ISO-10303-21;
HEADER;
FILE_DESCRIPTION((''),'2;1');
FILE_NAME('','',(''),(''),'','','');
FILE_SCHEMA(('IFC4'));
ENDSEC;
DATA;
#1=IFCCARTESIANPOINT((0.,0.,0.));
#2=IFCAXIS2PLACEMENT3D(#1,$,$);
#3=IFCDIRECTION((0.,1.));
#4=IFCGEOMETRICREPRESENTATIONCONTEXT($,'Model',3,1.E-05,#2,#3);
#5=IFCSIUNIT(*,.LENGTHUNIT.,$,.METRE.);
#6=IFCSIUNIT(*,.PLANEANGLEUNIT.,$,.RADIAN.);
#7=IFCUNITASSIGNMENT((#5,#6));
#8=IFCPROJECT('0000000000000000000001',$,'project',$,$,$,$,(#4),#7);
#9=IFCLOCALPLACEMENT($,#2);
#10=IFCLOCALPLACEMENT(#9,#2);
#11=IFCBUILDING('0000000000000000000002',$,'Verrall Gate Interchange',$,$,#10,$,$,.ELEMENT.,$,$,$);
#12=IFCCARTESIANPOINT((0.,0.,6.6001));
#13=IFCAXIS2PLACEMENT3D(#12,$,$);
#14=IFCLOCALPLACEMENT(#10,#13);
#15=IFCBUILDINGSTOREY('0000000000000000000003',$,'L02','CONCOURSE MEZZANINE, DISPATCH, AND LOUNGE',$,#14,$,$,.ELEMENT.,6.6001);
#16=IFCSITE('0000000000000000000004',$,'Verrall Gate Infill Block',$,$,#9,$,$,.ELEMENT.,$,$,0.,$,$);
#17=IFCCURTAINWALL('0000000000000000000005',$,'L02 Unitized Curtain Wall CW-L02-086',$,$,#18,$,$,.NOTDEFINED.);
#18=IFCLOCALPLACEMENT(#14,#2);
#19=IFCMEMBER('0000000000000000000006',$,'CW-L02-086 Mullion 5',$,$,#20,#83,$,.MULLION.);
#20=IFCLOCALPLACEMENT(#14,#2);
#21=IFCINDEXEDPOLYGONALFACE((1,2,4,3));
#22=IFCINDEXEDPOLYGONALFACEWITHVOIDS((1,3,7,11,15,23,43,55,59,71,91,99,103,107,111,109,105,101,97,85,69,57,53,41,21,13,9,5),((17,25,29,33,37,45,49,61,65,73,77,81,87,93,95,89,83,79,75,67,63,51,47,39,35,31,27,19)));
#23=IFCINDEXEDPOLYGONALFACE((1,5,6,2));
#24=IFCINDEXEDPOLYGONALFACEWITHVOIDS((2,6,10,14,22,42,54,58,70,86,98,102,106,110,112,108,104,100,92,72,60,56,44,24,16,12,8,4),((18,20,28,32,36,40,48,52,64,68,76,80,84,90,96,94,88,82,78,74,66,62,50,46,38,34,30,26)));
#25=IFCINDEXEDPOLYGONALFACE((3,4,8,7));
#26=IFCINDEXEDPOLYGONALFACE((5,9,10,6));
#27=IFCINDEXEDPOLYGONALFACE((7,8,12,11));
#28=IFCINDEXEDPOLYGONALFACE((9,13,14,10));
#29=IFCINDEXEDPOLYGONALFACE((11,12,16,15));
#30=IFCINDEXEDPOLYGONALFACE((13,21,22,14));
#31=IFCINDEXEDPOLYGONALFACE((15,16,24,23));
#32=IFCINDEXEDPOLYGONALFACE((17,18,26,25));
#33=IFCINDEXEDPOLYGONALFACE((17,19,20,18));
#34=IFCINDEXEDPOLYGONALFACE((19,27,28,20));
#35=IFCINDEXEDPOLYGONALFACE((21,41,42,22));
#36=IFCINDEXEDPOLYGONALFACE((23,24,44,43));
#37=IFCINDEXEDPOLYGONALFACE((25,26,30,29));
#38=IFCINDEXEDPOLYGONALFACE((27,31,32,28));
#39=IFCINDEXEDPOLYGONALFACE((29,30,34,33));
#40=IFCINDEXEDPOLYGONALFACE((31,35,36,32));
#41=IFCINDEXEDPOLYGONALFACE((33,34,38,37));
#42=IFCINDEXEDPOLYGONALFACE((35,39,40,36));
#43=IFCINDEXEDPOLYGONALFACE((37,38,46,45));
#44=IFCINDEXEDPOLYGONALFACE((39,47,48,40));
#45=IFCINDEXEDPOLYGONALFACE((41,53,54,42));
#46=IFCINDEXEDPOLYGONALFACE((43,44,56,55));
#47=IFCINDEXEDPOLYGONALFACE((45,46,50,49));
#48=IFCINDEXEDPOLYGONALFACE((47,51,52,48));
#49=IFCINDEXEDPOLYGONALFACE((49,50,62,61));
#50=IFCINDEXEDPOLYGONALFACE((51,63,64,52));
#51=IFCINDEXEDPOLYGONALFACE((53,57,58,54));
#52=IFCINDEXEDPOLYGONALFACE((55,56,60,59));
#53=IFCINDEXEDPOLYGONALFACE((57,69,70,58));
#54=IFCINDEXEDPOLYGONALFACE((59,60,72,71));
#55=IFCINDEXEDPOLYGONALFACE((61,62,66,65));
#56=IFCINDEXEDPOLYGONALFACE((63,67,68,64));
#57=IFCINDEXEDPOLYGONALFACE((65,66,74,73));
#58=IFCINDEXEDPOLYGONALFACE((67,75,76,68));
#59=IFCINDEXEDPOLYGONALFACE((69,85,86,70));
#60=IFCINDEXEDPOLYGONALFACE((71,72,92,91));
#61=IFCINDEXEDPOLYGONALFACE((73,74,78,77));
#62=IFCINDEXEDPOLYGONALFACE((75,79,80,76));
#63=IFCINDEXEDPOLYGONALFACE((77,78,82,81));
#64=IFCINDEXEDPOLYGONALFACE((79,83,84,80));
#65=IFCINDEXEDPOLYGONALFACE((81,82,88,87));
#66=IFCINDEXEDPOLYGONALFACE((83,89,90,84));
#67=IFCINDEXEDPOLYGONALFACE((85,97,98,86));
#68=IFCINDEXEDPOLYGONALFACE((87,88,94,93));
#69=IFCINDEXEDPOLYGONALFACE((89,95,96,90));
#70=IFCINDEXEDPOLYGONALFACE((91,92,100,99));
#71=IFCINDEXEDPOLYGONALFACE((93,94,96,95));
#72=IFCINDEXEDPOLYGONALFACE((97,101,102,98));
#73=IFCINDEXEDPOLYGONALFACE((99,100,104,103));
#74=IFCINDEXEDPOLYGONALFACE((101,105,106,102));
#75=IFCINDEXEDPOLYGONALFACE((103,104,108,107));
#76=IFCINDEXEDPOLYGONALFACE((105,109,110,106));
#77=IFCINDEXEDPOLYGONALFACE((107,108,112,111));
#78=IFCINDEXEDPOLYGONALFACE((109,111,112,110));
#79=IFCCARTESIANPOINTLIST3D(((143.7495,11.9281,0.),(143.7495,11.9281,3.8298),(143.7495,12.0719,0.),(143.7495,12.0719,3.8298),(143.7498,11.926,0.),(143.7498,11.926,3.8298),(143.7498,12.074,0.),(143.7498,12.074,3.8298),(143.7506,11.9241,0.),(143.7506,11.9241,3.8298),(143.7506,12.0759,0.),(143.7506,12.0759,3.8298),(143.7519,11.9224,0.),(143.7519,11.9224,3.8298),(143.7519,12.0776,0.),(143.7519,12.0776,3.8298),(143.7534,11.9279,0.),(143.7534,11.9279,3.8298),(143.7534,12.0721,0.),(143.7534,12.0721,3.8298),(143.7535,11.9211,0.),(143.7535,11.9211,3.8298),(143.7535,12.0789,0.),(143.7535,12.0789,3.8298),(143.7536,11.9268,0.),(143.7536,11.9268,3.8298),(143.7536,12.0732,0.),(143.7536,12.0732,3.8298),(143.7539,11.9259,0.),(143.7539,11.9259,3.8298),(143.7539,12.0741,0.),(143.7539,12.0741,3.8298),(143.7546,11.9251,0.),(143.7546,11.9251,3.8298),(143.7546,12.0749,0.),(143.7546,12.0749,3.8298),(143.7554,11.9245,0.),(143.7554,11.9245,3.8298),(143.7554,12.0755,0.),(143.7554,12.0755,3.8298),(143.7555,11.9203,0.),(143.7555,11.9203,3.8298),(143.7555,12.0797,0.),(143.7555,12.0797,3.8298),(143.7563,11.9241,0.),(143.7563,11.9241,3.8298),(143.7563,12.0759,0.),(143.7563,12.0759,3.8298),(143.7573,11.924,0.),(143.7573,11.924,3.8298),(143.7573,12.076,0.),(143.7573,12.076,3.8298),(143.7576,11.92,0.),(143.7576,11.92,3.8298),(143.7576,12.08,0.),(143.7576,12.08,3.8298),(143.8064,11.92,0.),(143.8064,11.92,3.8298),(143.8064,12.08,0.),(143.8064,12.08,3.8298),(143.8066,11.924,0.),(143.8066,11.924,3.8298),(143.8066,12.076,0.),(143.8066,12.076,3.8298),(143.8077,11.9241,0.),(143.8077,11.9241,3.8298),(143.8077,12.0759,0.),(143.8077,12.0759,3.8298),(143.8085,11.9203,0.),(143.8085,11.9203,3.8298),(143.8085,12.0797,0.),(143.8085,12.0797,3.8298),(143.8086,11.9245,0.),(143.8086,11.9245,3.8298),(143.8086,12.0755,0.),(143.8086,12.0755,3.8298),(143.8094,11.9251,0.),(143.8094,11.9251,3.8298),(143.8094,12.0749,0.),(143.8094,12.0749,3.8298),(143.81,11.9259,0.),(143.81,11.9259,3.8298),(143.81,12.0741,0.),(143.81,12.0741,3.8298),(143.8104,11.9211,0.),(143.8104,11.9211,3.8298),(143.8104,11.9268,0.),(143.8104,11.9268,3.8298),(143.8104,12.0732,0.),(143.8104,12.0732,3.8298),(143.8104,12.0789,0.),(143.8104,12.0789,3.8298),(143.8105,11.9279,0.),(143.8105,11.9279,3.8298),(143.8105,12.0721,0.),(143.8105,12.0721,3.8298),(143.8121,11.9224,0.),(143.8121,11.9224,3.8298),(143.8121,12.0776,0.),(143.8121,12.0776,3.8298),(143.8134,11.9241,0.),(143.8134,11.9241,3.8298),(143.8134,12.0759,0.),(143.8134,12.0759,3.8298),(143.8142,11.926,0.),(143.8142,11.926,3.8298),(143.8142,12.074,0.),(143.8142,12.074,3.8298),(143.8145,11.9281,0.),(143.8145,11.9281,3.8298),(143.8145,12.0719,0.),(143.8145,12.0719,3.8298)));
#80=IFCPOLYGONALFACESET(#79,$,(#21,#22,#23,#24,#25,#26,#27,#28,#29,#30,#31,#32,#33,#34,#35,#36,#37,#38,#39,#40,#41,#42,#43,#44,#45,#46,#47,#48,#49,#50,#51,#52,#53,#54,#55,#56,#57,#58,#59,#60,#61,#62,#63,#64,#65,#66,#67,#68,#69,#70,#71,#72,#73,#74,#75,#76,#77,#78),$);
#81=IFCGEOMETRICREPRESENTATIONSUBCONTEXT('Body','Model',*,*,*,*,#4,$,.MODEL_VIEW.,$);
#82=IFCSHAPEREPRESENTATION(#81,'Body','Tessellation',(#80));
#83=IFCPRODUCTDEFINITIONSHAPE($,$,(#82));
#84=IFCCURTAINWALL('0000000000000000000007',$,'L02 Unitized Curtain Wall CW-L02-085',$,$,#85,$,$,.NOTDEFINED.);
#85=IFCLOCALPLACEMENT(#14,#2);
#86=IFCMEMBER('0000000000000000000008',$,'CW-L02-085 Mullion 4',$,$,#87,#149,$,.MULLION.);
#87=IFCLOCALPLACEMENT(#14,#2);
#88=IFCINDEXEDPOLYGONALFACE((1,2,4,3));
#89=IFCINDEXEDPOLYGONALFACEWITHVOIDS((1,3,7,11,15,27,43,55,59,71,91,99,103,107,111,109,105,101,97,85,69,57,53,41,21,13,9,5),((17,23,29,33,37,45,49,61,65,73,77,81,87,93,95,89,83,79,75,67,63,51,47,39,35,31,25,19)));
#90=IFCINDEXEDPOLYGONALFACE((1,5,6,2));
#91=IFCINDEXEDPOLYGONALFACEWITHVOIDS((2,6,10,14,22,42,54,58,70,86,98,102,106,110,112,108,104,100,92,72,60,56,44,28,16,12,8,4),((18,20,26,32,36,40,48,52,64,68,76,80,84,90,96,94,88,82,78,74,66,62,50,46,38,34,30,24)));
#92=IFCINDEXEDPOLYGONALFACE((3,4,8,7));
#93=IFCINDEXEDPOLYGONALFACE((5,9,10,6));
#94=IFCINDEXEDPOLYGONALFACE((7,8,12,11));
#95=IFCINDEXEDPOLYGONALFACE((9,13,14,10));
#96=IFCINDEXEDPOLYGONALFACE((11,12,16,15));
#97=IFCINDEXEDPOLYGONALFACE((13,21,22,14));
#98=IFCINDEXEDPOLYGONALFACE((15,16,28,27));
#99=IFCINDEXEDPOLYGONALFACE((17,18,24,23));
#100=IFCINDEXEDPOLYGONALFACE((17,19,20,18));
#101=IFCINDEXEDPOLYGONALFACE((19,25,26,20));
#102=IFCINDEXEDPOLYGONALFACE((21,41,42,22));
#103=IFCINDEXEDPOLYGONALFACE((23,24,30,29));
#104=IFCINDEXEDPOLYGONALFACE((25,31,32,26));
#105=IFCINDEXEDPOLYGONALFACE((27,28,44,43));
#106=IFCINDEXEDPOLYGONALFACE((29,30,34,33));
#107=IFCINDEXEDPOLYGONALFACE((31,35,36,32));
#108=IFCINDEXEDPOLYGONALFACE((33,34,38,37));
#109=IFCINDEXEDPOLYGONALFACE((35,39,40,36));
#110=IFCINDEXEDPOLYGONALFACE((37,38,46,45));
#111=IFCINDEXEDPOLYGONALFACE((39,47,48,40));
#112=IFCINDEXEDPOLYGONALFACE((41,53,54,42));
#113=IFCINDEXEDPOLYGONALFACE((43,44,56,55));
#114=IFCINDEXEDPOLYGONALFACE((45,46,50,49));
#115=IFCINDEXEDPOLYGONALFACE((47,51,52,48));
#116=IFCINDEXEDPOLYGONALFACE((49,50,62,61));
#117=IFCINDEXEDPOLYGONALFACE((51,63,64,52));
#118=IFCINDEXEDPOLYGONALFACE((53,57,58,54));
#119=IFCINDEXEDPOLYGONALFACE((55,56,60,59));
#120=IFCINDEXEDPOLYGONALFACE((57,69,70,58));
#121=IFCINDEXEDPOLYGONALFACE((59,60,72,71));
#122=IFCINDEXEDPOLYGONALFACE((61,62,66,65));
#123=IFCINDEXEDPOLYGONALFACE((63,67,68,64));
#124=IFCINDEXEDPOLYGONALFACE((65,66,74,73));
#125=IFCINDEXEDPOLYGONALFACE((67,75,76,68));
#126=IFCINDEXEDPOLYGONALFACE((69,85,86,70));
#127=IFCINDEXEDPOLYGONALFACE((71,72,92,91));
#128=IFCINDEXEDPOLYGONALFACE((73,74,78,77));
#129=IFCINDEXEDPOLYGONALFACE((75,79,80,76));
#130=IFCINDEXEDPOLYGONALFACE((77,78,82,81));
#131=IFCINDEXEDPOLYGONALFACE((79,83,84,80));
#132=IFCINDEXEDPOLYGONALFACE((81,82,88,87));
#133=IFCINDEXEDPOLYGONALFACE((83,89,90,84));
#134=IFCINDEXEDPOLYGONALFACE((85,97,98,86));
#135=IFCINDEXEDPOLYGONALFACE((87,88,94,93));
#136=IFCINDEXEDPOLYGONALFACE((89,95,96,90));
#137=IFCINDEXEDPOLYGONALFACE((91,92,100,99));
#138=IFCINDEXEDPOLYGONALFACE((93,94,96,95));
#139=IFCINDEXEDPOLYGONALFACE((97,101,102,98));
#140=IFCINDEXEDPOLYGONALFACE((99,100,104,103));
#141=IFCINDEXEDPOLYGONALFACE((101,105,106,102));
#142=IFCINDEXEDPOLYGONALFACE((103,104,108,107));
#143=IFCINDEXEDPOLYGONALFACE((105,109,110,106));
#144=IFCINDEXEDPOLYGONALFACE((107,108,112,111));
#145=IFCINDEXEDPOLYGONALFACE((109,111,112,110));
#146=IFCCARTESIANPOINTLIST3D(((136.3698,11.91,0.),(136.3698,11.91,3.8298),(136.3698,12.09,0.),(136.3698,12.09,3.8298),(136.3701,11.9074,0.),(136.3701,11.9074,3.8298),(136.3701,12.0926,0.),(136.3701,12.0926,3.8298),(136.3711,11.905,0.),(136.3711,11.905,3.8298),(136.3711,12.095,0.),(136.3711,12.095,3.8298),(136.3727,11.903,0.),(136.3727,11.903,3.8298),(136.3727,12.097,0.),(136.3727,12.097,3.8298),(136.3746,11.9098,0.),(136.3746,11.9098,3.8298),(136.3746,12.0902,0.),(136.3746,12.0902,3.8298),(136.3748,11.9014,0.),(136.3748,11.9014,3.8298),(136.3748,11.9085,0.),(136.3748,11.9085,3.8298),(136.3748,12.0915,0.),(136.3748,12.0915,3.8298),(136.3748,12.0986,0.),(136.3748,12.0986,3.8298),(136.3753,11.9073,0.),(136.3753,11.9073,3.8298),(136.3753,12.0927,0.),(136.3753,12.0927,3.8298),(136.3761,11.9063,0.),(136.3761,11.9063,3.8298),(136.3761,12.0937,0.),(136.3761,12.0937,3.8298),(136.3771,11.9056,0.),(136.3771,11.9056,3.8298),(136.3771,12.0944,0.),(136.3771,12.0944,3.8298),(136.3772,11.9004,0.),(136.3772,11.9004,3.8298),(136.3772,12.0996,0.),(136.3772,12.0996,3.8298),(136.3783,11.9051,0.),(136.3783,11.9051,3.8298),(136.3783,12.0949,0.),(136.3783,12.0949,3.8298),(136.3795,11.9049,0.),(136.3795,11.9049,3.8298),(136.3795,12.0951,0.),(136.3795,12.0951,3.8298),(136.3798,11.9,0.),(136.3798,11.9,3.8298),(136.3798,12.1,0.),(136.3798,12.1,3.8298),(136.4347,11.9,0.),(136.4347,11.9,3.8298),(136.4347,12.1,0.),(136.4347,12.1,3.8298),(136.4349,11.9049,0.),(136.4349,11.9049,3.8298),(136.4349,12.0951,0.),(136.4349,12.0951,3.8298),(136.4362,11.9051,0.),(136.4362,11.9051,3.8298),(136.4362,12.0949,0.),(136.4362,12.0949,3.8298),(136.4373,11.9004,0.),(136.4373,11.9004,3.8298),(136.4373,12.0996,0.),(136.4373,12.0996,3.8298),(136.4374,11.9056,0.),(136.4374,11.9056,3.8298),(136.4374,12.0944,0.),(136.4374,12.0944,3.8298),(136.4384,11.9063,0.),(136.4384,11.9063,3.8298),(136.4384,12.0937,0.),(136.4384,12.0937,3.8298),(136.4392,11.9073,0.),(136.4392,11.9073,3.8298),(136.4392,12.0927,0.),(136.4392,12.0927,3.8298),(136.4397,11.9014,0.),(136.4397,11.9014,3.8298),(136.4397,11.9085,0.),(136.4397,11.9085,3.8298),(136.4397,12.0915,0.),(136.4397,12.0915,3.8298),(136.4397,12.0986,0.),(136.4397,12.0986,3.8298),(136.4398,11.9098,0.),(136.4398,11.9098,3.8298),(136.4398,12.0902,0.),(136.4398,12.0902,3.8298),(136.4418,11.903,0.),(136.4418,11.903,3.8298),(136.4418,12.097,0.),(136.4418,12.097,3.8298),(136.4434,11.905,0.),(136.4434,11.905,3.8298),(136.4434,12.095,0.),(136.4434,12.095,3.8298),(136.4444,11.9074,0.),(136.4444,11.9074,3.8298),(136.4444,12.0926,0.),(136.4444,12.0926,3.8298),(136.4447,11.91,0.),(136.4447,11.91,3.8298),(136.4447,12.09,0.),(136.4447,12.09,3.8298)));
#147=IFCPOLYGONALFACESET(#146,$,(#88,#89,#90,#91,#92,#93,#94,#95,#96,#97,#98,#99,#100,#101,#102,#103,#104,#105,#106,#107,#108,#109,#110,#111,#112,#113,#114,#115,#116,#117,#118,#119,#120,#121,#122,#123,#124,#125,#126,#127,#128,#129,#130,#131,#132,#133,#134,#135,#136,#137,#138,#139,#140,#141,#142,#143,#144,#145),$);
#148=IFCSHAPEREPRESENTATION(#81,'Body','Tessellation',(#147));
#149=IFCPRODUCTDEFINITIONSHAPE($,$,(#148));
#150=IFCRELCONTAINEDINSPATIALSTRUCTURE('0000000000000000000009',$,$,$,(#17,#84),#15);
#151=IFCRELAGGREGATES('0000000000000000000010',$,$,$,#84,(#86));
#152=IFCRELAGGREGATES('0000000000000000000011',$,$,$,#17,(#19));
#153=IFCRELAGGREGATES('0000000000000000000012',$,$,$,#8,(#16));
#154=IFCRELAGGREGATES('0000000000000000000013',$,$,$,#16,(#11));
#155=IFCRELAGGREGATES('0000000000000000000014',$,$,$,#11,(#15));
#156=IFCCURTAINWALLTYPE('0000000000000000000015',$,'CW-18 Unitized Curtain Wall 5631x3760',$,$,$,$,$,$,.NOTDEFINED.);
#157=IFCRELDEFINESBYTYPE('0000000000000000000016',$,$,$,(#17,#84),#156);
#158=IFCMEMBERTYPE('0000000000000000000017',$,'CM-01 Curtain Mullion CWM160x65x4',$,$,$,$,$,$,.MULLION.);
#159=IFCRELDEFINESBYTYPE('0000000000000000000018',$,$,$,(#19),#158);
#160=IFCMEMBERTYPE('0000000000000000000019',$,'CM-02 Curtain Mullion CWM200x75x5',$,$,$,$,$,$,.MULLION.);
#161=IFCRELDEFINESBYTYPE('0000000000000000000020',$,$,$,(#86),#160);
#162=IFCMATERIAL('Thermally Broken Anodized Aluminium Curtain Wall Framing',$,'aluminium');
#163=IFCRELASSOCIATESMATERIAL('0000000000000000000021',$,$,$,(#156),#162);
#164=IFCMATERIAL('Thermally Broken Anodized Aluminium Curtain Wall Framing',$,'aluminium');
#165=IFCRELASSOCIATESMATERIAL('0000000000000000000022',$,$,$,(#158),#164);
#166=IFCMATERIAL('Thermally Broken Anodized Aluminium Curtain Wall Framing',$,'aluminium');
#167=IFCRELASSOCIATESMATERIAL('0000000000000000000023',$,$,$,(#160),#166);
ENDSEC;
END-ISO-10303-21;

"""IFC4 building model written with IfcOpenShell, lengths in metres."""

from ifc_helpers import new_model, si_unit, direction, frame, origin, origin_2d, place, context, subcontext, project, spatial, hollow_rectangle, extrude, material, material_profile, profile_set, type_object, element, aggregate, save


model = new_model("IFC4")

# Units and contexts
model_context = context("Model", 3, precision=1e-05, world=origin(), true_north=direction((0.0, 1.0)))
body_context = subcontext(model_context, "Body", "Model", "MODEL_VIEW")
ifc_project = project(units=[si_unit("LENGTHUNIT", "METRE"), si_unit("PLANEANGLEUNIT", "RADIAN")], contexts=[model_context])

# Site, building, storey
site_placement = place(None, origin())
site = spatial("IfcSite", under=ifc_project, at=site_placement, Name="Verrall Gate Infill Block", CompositionType="ELEMENT", RefElevation=0.0)
building_placement = place(site_placement, origin())
building = spatial("IfcBuilding", under=site, at=building_placement, Name="Verrall Gate Interchange", CompositionType="ELEMENT")
storey_placement = place(building_placement, frame((0.0, 0.0, 6.6001)))
storey = spatial("IfcBuildingStorey", under=building, at=storey_placement, Name="L02", Description="CONCOURSE MEZZANINE, DISPATCH, AND LOUNGE", CompositionType="ELEMENT", Elevation=6.6001)

# Curtain walls, members
ifc_material_1 = material(Name="Thermally Broken Anodized Aluminium Curtain Wall Framing", Category="aluminium")
curtain_wall_type = type_object("IfcCurtainWallType", Name="CW-18 Unitized Curtain Wall 5631x3760", PredefinedType="NOTDEFINED", material=ifc_material_1)
curtain_wall_1_placement = place(storey_placement, origin())
curtain_wall_1 = element("IfcCurtainWall", 1, at=curtain_wall_1_placement, inside=storey, type_object=curtain_wall_type, Name="L02 Unitized Curtain Wall CW-L02-086", PredefinedType="NOTDEFINED")
ifc_material_2 = material(Name="Thermally Broken Anodized Aluminium Curtain Wall Framing", Category="aluminium")
ifc_material_profile_1 = material_profile(ifc_material_2, hollow_rectangle(XDim=0.0649, YDim=0.1599, WallThickness=0.0039, InnerFilletRadius=0.0039, OuterFilletRadius=0.0081, at=origin_2d()), Name="CWM160x65x4")
ifc_profile_set_1 = profile_set([ifc_material_profile_1], Name="Thermally Broken Anodized Aluminium Curtain Wall Framing")
member_type_1 = type_object("IfcMemberType", Name="CM-01 Curtain Mullion CWM160x65x4", PredefinedType="MULLION", material=ifc_profile_set_1)
member_1_placement = place(storey_placement, frame((143.782, 12.0, 0.0), z_axis=(0.0, 0.0, 1.0), x_axis=(1.0, 0.0, 0.0)))
member_1 = element("IfcMember", 2, at=member_1_placement, type_object=member_type_1, Name="CW-L02-086 Mullion 5", PredefinedType="MULLION", context=body_context, shape_type="SweptSolid", body=[
    extrude(hollow_rectangle(XDim=0.0649, YDim=0.1599, WallThickness=0.0039, InnerFilletRadius=0.0039, OuterFilletRadius=0.0081, at=origin_2d()), origin(), (0.0, 0.0, 1.0), 3.8298),
])
curtain_wall_2_placement = place(storey_placement, origin())
curtain_wall_2 = element("IfcCurtainWall", 3, at=curtain_wall_2_placement, inside=storey, type_object=curtain_wall_type, Name="L02 Unitized Curtain Wall CW-L02-085", PredefinedType="NOTDEFINED")
ifc_material_3 = material(Name="Thermally Broken Anodized Aluminium Curtain Wall Framing", Category="aluminium")
ifc_material_profile_2 = material_profile(ifc_material_3, hollow_rectangle(XDim=0.075, YDim=0.2, WallThickness=0.0049, InnerFilletRadius=0.0049, OuterFilletRadius=0.01, at=origin_2d()), Name="CWM200x75x5")
ifc_profile_set_2 = profile_set([ifc_material_profile_2], Name="Thermally Broken Anodized Aluminium Curtain Wall Framing")
member_type_2 = type_object("IfcMemberType", Name="CM-02 Curtain Mullion CWM200x75x5", PredefinedType="MULLION", material=ifc_profile_set_2)
member_2_placement = place(storey_placement, frame((136.4072, 12.0, 0.0), z_axis=(0.0, 0.0, 1.0), x_axis=(1.0, 0.0, 0.0)))
member_2 = element("IfcMember", 4, at=member_2_placement, type_object=member_type_2, Name="CW-L02-085 Mullion 4", PredefinedType="MULLION", context=body_context, shape_type="SweptSolid", body=[
    extrude(hollow_rectangle(XDim=0.075, YDim=0.2, WallThickness=0.0049, InnerFilletRadius=0.0049, OuterFilletRadius=0.01, at=origin_2d()), origin(), (0.0, 0.0, 1.0), 3.8298),
])

aggregate(curtain_wall_2, [member_2])
aggregate(curtain_wall_1, [member_1])

save(model, "model.ifc")
